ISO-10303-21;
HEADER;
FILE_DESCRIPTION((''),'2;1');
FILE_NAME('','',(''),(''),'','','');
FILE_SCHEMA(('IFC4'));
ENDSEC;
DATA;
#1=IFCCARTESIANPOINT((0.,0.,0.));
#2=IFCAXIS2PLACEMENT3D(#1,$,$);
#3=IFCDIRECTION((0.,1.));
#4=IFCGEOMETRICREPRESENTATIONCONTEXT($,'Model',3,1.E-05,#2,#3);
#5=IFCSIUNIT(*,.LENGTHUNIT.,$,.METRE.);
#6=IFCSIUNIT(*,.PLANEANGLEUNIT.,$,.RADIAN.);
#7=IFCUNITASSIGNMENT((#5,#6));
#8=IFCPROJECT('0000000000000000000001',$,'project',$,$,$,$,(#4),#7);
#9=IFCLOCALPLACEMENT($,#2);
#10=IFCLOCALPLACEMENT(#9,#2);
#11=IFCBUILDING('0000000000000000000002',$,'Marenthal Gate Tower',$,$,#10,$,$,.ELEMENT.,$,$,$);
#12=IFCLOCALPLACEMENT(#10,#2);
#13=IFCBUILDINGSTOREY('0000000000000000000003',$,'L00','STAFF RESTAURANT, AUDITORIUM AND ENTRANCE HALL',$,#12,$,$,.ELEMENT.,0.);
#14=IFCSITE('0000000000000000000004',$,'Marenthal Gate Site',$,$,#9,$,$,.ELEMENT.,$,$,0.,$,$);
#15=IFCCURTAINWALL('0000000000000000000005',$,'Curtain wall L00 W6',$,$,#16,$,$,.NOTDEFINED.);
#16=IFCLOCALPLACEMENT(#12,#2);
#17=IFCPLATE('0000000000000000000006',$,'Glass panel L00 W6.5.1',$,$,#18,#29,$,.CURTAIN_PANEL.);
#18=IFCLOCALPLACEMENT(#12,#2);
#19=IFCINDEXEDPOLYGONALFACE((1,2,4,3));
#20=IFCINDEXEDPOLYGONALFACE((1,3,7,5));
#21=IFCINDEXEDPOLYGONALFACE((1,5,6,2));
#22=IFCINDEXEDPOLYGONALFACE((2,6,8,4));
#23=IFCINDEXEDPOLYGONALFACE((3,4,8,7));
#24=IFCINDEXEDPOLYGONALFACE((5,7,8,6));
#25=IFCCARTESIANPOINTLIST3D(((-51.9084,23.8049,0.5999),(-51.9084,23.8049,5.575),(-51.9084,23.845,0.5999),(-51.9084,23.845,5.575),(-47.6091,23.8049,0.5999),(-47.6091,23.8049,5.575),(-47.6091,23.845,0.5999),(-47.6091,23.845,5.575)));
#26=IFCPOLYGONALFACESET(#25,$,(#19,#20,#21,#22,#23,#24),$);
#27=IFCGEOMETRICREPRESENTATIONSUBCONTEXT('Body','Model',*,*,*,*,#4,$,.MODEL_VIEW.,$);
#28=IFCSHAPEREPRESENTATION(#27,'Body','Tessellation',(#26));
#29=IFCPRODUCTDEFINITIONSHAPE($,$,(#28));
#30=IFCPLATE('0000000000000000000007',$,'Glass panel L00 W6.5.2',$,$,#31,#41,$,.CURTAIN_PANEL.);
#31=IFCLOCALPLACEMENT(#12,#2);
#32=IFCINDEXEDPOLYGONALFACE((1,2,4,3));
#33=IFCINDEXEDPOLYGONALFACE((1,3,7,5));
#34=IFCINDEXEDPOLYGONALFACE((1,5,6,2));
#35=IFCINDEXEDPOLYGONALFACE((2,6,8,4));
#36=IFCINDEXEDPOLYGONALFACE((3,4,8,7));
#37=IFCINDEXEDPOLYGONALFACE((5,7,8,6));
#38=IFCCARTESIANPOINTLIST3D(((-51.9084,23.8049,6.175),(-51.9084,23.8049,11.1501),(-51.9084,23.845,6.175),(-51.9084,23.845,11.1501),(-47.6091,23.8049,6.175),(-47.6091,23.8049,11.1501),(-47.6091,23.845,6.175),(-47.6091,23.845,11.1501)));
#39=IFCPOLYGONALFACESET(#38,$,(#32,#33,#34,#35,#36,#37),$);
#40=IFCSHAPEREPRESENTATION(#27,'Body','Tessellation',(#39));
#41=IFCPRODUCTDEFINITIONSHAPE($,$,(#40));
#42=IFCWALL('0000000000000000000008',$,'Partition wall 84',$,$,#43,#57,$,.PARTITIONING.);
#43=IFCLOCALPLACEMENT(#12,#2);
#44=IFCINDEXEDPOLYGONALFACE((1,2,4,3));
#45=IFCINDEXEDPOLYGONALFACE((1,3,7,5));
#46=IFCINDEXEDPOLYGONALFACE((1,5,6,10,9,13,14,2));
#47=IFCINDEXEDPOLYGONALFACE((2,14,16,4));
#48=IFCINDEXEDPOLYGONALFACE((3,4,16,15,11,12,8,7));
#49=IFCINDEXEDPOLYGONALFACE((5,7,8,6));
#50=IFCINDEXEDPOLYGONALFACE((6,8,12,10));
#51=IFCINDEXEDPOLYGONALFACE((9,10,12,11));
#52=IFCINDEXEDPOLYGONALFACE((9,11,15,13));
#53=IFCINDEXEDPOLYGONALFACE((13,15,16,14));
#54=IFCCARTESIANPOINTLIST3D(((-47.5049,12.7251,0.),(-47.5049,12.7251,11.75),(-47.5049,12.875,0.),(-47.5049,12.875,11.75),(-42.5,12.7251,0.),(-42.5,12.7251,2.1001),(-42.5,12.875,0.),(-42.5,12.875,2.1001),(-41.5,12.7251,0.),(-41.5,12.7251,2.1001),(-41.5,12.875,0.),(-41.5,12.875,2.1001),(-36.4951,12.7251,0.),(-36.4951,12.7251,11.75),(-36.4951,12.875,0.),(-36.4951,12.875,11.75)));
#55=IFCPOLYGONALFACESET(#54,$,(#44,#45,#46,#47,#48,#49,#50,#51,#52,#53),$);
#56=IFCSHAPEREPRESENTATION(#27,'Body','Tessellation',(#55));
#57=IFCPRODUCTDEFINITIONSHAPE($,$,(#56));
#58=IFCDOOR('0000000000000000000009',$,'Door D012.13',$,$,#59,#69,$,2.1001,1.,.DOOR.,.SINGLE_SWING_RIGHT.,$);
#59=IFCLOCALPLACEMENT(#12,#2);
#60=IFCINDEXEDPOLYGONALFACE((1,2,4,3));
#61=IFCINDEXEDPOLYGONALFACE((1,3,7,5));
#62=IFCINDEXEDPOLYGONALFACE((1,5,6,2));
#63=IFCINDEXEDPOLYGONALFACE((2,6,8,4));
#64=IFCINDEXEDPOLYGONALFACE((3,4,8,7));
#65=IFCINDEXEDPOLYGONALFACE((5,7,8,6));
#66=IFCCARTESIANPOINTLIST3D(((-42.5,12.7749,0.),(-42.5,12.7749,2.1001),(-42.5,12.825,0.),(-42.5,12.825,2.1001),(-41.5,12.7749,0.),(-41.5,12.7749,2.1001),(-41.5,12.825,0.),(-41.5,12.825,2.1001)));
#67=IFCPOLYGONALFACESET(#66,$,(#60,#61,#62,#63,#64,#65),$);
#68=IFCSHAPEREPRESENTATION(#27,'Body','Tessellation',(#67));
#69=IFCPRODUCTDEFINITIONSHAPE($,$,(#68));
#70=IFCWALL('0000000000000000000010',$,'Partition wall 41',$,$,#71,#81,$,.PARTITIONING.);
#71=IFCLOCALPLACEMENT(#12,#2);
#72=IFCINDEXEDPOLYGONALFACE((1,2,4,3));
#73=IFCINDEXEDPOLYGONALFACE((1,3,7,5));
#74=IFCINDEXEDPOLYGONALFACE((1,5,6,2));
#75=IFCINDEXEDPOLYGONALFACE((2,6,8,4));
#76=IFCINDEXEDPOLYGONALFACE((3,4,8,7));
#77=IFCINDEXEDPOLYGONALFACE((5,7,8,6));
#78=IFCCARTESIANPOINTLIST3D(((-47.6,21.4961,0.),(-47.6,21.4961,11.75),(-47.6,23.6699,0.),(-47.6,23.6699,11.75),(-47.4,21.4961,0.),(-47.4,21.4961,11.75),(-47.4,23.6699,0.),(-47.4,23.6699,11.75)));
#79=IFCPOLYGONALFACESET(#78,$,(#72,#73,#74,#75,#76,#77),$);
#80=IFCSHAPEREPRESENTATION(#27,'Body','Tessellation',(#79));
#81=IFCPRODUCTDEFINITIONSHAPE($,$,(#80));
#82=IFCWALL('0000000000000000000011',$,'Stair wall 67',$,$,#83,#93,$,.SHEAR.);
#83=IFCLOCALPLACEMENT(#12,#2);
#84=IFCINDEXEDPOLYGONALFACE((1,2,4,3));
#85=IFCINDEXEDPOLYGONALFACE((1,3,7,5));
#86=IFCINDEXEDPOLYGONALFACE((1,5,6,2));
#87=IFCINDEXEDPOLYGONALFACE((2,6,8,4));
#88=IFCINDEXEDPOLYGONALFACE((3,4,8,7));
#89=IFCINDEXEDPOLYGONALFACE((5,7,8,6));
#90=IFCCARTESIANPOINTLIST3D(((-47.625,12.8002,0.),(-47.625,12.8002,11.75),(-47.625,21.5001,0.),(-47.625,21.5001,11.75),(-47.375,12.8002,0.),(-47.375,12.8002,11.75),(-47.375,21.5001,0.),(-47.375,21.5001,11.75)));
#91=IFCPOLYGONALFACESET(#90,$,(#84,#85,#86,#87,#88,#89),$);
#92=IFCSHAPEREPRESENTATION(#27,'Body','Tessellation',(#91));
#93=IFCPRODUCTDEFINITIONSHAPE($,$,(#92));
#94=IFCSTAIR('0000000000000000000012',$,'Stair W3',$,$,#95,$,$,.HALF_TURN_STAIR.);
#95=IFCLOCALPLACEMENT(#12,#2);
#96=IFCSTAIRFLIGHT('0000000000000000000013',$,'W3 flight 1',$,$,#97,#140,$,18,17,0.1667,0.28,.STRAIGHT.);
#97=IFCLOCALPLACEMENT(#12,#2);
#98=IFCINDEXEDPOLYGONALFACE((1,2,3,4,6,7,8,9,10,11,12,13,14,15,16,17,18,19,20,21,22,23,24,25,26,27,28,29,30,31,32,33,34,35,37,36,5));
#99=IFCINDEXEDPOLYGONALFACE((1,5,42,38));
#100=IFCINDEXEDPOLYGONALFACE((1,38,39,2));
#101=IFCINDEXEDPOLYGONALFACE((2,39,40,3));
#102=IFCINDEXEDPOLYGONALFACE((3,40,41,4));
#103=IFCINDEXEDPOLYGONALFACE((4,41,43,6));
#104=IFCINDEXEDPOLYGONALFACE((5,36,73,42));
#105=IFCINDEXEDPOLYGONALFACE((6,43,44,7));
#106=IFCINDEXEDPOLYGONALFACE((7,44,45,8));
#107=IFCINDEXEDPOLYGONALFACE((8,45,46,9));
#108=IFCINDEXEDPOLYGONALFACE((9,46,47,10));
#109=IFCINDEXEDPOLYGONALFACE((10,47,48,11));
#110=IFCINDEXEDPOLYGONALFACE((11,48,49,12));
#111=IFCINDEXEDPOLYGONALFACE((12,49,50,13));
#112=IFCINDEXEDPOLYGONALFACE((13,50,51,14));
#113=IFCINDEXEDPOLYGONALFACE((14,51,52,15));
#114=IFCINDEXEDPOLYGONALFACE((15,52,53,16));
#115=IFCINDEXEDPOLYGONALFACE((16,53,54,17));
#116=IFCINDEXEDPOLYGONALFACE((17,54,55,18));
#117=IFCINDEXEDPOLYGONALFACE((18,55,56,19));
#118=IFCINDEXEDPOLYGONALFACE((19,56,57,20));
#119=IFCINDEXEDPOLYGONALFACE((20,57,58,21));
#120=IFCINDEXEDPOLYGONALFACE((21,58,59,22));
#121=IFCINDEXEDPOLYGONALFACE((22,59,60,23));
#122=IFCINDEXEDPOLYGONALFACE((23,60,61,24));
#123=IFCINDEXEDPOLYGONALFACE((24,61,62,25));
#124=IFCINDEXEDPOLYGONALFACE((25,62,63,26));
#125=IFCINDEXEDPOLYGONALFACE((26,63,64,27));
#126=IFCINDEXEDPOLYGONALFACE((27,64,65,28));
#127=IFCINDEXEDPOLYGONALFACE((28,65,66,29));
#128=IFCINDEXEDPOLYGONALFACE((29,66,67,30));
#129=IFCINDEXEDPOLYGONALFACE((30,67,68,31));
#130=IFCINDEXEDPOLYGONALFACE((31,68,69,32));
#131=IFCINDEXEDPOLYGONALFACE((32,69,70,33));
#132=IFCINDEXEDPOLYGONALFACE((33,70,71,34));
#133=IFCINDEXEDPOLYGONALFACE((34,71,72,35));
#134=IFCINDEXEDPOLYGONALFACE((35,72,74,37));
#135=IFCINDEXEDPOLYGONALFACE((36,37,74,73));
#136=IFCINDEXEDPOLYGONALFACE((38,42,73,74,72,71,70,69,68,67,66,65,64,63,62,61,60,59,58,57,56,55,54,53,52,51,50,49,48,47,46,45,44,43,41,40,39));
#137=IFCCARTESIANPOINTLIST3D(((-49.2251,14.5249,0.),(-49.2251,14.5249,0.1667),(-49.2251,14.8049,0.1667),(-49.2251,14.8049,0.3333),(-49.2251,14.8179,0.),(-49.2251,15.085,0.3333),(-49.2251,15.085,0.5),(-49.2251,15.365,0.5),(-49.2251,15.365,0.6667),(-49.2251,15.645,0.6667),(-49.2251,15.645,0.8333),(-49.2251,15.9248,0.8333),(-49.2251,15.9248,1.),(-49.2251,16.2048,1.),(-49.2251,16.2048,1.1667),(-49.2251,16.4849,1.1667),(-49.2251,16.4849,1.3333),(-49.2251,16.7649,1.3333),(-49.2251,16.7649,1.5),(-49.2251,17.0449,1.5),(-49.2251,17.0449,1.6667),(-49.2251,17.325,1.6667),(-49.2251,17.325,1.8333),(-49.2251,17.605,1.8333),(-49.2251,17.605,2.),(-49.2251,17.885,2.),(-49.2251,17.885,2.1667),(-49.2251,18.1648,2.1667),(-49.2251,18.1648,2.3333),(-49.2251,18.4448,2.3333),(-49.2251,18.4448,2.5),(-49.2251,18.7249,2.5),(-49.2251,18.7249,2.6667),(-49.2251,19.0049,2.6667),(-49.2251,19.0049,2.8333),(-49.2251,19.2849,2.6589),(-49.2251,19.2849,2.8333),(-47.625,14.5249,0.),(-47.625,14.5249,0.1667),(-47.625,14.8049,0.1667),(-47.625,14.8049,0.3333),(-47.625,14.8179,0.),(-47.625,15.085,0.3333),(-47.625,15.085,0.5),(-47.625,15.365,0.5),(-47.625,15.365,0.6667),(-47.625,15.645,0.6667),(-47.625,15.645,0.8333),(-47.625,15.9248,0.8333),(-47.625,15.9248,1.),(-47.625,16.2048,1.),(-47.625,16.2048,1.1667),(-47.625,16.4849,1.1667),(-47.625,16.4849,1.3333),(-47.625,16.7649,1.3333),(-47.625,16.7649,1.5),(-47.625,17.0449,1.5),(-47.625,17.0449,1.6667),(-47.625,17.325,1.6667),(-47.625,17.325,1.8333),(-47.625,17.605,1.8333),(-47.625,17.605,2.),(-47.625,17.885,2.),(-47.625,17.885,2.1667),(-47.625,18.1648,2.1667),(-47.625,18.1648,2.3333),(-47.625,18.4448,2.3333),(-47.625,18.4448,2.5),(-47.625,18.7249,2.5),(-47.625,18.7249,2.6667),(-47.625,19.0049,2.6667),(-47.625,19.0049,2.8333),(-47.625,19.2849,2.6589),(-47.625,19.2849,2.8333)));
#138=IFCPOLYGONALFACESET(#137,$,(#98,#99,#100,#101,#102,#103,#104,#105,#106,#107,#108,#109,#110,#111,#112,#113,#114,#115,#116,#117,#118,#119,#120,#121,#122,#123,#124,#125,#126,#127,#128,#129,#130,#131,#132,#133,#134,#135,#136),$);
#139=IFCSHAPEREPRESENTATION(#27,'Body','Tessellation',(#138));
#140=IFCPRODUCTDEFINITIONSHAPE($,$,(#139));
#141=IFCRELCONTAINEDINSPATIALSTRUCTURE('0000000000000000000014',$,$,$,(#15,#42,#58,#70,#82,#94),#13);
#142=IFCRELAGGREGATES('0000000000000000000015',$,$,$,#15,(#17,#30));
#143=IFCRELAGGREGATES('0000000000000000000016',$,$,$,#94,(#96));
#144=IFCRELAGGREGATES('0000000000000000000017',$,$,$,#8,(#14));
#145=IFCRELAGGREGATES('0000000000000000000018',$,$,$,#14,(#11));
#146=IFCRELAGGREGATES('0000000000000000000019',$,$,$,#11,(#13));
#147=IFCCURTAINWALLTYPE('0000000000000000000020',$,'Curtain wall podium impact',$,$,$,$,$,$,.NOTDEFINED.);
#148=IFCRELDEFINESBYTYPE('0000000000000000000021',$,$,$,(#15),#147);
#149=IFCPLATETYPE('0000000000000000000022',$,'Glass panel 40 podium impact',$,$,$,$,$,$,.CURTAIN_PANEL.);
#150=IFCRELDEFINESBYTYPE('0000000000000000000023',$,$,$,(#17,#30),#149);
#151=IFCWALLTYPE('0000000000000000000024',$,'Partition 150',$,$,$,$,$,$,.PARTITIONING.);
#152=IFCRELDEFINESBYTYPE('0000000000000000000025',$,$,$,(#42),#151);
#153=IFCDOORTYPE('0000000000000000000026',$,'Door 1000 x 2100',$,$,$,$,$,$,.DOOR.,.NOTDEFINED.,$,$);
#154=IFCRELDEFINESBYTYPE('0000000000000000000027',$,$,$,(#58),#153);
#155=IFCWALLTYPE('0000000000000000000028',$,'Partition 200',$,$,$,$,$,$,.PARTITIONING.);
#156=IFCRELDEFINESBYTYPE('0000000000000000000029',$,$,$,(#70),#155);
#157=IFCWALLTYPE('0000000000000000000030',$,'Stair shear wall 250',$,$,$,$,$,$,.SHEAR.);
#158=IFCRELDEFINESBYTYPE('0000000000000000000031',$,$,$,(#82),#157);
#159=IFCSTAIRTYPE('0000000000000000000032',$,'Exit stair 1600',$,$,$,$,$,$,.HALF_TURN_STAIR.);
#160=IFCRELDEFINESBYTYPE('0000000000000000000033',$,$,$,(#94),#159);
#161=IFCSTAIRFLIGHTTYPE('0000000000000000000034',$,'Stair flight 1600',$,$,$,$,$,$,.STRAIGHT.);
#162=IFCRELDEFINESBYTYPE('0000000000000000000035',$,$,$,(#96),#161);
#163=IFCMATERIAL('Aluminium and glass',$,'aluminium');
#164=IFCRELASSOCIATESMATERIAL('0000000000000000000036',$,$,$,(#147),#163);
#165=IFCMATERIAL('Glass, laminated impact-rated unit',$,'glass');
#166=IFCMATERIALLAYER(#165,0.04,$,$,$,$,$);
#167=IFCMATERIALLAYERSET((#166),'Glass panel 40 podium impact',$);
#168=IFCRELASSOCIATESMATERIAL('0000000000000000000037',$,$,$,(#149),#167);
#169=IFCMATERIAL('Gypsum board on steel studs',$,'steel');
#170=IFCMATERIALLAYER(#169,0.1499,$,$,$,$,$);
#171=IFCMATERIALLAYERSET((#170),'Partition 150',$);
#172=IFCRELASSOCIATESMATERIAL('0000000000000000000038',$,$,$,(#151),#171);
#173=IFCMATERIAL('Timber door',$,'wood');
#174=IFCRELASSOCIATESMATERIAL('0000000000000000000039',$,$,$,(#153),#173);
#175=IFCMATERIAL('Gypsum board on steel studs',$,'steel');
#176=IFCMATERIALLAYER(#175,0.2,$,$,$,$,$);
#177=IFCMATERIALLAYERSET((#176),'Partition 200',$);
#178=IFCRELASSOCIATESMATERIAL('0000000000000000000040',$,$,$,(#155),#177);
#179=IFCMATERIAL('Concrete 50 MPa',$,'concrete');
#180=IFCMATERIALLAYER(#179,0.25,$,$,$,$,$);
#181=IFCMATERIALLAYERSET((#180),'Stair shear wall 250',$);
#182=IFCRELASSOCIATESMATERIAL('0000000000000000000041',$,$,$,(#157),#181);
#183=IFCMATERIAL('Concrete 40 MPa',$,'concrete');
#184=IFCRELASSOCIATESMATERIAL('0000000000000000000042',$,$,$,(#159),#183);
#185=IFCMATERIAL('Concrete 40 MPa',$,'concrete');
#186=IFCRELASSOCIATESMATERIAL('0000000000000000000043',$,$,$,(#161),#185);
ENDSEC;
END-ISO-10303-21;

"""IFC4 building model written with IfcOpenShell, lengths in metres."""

from ifc_helpers import new_model, si_unit, direction, frame, frame_2d, origin, origin_2d, place, context, subcontext, project, spatial, polyline, rectangle, outline, extrude, material, layer, layer_set, type_object, element, fill, aggregate, save


model = new_model("IFC4")

# Units and contexts
model_context = context("Model", 3, precision=1e-05, world=origin(), true_north=direction((0.0, 1.0)))
body_context = subcontext(model_context, "Body", "Model", "MODEL_VIEW")
ifc_project = project(units=[si_unit("LENGTHUNIT", "METRE"), si_unit("PLANEANGLEUNIT", "RADIAN")], contexts=[model_context])

# Site, building, storey
site_placement = place(None, origin())
site = spatial("IfcSite", under=ifc_project, at=site_placement, Name="Marenthal Gate Site", CompositionType="ELEMENT", RefElevation=0.0)
building_placement = place(site_placement, origin())
building = spatial("IfcBuilding", under=site, at=building_placement, Name="Marenthal Gate Tower", CompositionType="ELEMENT")
storey_placement = place(building_placement, origin())
storey = spatial("IfcBuildingStorey", under=building, at=storey_placement, Name="L00", Description="STAFF RESTAURANT, AUDITORIUM AND ENTRANCE HALL", CompositionType="ELEMENT", Elevation=0.0)

# Curtain wall
ifc_material_1 = material(Name="Aluminium and glass", Category="aluminium")
curtain_wall_type = type_object("IfcCurtainWallType", Name="Curtain wall podium impact", PredefinedType="NOTDEFINED", material=ifc_material_1)
curtain_wall_placement = place(storey_placement, origin())
curtain_wall = element("IfcCurtainWall", 1, at=curtain_wall_placement, inside=storey, type_object=curtain_wall_type, Name="Curtain wall L00 W6", PredefinedType="NOTDEFINED")

# Plates
ifc_material_2 = material(Name="Glass, laminated impact-rated unit", Category="glass")
ifc_layer_1 = layer(ifc_material_2, 0.04)
ifc_layer_set_1 = layer_set([ifc_layer_1], Name="Glass panel 40 podium impact")
plate_type = type_object("IfcPlateType", Name="Glass panel 40 podium impact", PredefinedType="CURTAIN_PANEL", material=ifc_layer_set_1)
plate_1_placement = place(storey_placement, frame((-49.7588, 23.825, 0.5999), z_axis=(0.0, 0.0, 1.0), x_axis=(-1.0, 0.0, 0.0)))
plate_1 = element("IfcPlate", 2, at=plate_1_placement, type_object=plate_type, Name="Glass panel L00 W6.5.1", PredefinedType="CURTAIN_PANEL", context=body_context, shape_type="SweptSolid", body=[
    extrude(rectangle(XDim=4.2993, YDim=0.04, at=origin_2d()), origin(), (0.0, 0.0, 1.0), 4.9751),
])
plate_2_placement = place(storey_placement, frame((-49.7588, 23.825, 6.175), z_axis=(0.0, 0.0, 1.0), x_axis=(-1.0, 0.0, 0.0)))
plate_2 = element("IfcPlate", 3, at=plate_2_placement, type_object=plate_type, Name="Glass panel L00 W6.5.2", PredefinedType="CURTAIN_PANEL", context=body_context, shape_type="SweptSolid", body=[
    extrude(rectangle(XDim=4.2993, YDim=0.04, at=origin_2d()), origin(), (0.0, 0.0, 1.0), 4.9751),
])
aggregate(curtain_wall, [plate_1, plate_2])

# Wall, opening, door
ifc_material_3 = material(Name="Gypsum board on steel studs", Category="steel")
ifc_layer_2 = layer(ifc_material_3, 0.1499)
ifc_layer_set_2 = layer_set([ifc_layer_2], Name="Partition 150")
wall_type_1 = type_object("IfcWallType", Name="Partition 150", PredefinedType="PARTITIONING", material=ifc_layer_set_2)
wall_1_placement = place(storey_placement, frame((-47.5049, 12.8, 0.0), z_axis=(0.0, 0.0, 1.0), x_axis=(1.0, 0.0, 0.0)))
wall_1 = element("IfcWall", 4, at=wall_1_placement, inside=storey, type_object=wall_type_1, Name="Partition wall 84", PredefinedType="PARTITIONING", context=body_context, shape_type="SweptSolid", body=[
    extrude(rectangle(XDim=11.0098, YDim=0.1499, at=frame_2d((5.5049, 0.0))), origin(), (0.0, 0.0, 1.0), 11.75),
])
opening_placement = place(wall_1_placement, frame((5.0049, 0.0, 0.0)))
opening = element("IfcOpeningElement", 5, at=opening_placement, cuts=wall_1, PredefinedType="OPENING", context=body_context, shape_type="SweptSolid", body=[
    extrude(rectangle(XDim=1.0, YDim=2.1001, at=frame_2d((0.5, 1.05))), frame((0.0, 0.085, 0.0), z_axis=(0.0, -1.0, 0.0), x_axis=(1.0, 0.0, 0.0)), (0.0, 0.0, 1.0), 0.1699),
])
ifc_material_4 = material(Name="Timber door", Category="wood")
door_type = type_object("IfcDoorType", Name="Door 1000 x 2100", OperationType="NOTDEFINED", PredefinedType="DOOR", material=ifc_material_4)
door_placement = place(opening_placement, origin())
door = element("IfcDoor", 6, at=door_placement, inside=storey, type_object=door_type, Name="Door D012.13", OperationType="SINGLE_SWING_RIGHT", OverallHeight=2.1001, OverallWidth=1.0, PredefinedType="DOOR", context=body_context, shape_type="SweptSolid", body=[
    extrude(rectangle(XDim=1.0, YDim=2.1001, at=frame_2d((0.5, 1.05))), frame((0.0, 0.0249, 0.0), z_axis=(0.0, -1.0, 0.0), x_axis=(1.0, 0.0, 0.0)), (0.0, 0.0, 1.0), 0.05),
])
fill(opening, door)

# Walls
ifc_material_5 = material(Name="Gypsum board on steel studs", Category="steel")
ifc_layer_3 = layer(ifc_material_5, 0.2)
ifc_layer_set_3 = layer_set([ifc_layer_3], Name="Partition 200")
wall_type_2 = type_object("IfcWallType", Name="Partition 200", PredefinedType="PARTITIONING", material=ifc_layer_set_3)
wall_2_placement = place(storey_placement, frame((-47.5, 21.4961, 0.0), z_axis=(0.0, 0.0, 1.0), x_axis=(0.0, 1.0, 0.0)))
element("IfcWall", 7, at=wall_2_placement, inside=storey, type_object=wall_type_2, Name="Partition wall 41", PredefinedType="PARTITIONING", context=body_context, shape_type="SweptSolid", body=[
    extrude(rectangle(XDim=2.1738, YDim=0.2, at=frame_2d((1.0869, 0.0))), origin(), (0.0, 0.0, 1.0), 11.75),
])
ifc_material_6 = material(Name="Concrete 50 MPa", Category="concrete")
ifc_layer_4 = layer(ifc_material_6, 0.25)
ifc_layer_set_4 = layer_set([ifc_layer_4], Name="Stair shear wall 250")
wall_type_3 = type_object("IfcWallType", Name="Stair shear wall 250", PredefinedType="SHEAR", material=ifc_layer_set_4)
wall_3_placement = place(storey_placement, frame((-47.5, 12.8, 0.0), z_axis=(0.0, 0.0, 1.0), x_axis=(0.0, 1.0, 0.0)))
element("IfcWall", 8, at=wall_3_placement, inside=storey, type_object=wall_type_3, Name="Stair wall 67", PredefinedType="SHEAR", context=body_context, shape_type="SweptSolid", body=[
    extrude(rectangle(XDim=8.7, YDim=0.25, at=frame_2d((4.3501, 0.0))), origin(), (0.0, 0.0, 1.0), 11.75),
])

# Stair, stair flight
ifc_material_7 = material(Name="Concrete 40 MPa", Category="concrete")
stair_type = type_object("IfcStairType", Name="Exit stair 1600", PredefinedType="HALF_TURN_STAIR", material=ifc_material_7)
stair_placement = place(storey_placement, origin())
stair = element("IfcStair", 9, at=stair_placement, inside=storey, type_object=stair_type, Name="Stair W3", PredefinedType="HALF_TURN_STAIR")
ifc_material_8 = material(Name="Concrete 40 MPa", Category="concrete")
stair_flight_type = type_object("IfcStairFlightType", Name="Stair flight 1600", PredefinedType="STRAIGHT", material=ifc_material_8)
stair_flight_1_placement = place(storey_placement, frame((-48.425, 14.5249, 0.0), z_axis=(0.0, 0.0, 1.0), x_axis=(0.0, 1.0, 0.0)))
stair_flight_1 = element("IfcStairFlight", 10, at=stair_flight_1_placement, type_object=stair_flight_type, Name="W3 flight 1", NumberOfRisers=18, NumberOfTreads=17, PredefinedType="STRAIGHT", RiserHeight=0.1667, TreadLength=0.28, context=body_context, shape_type="SweptSolid", body=[
    extrude(outline(polyline([(0.0, 0.0), (0.0, 0.1667), (0.28, 0.1667), (0.28, 0.3333), (0.5601, 0.3333), (0.5601, 0.5), (0.8401, 0.5), (0.8401, 0.6667), (1.1201, 0.6667), (1.1201, 0.8333), (1.3999, 0.8333), (1.3999, 1.0), (1.6799, 1.0), (1.6799, 1.1667), (1.96, 1.1667), (1.96, 1.3333), (2.24, 1.3333), (2.24, 1.5), (2.52, 1.5), (2.52, 1.6667), (2.8, 1.6667), (2.8, 1.8333), (3.0801, 1.8333), (3.0801, 2.0), (3.3601, 2.0), (3.3601, 2.1667), (3.6399, 2.1667), (3.6399, 2.3333), (3.9199, 2.3333), (3.9199, 2.5), (4.2, 2.5), (4.2, 2.6667), (4.48, 2.6667), (4.48, 2.8333), (4.76, 2.8333), (4.76, 3.0), (4.76, 2.6589), (0.293, 0.0), (0.0, 0.0)])), frame((0.0, 0.8, 0.0), z_axis=(0.0, -1.0, 0.0), x_axis=(1.0, 0.0, 0.0)), (0.0, 0.0, 1.0), 1.6001),
])
aggregate(stair, [stair_flight_1])

save(model, "model.ifc")
